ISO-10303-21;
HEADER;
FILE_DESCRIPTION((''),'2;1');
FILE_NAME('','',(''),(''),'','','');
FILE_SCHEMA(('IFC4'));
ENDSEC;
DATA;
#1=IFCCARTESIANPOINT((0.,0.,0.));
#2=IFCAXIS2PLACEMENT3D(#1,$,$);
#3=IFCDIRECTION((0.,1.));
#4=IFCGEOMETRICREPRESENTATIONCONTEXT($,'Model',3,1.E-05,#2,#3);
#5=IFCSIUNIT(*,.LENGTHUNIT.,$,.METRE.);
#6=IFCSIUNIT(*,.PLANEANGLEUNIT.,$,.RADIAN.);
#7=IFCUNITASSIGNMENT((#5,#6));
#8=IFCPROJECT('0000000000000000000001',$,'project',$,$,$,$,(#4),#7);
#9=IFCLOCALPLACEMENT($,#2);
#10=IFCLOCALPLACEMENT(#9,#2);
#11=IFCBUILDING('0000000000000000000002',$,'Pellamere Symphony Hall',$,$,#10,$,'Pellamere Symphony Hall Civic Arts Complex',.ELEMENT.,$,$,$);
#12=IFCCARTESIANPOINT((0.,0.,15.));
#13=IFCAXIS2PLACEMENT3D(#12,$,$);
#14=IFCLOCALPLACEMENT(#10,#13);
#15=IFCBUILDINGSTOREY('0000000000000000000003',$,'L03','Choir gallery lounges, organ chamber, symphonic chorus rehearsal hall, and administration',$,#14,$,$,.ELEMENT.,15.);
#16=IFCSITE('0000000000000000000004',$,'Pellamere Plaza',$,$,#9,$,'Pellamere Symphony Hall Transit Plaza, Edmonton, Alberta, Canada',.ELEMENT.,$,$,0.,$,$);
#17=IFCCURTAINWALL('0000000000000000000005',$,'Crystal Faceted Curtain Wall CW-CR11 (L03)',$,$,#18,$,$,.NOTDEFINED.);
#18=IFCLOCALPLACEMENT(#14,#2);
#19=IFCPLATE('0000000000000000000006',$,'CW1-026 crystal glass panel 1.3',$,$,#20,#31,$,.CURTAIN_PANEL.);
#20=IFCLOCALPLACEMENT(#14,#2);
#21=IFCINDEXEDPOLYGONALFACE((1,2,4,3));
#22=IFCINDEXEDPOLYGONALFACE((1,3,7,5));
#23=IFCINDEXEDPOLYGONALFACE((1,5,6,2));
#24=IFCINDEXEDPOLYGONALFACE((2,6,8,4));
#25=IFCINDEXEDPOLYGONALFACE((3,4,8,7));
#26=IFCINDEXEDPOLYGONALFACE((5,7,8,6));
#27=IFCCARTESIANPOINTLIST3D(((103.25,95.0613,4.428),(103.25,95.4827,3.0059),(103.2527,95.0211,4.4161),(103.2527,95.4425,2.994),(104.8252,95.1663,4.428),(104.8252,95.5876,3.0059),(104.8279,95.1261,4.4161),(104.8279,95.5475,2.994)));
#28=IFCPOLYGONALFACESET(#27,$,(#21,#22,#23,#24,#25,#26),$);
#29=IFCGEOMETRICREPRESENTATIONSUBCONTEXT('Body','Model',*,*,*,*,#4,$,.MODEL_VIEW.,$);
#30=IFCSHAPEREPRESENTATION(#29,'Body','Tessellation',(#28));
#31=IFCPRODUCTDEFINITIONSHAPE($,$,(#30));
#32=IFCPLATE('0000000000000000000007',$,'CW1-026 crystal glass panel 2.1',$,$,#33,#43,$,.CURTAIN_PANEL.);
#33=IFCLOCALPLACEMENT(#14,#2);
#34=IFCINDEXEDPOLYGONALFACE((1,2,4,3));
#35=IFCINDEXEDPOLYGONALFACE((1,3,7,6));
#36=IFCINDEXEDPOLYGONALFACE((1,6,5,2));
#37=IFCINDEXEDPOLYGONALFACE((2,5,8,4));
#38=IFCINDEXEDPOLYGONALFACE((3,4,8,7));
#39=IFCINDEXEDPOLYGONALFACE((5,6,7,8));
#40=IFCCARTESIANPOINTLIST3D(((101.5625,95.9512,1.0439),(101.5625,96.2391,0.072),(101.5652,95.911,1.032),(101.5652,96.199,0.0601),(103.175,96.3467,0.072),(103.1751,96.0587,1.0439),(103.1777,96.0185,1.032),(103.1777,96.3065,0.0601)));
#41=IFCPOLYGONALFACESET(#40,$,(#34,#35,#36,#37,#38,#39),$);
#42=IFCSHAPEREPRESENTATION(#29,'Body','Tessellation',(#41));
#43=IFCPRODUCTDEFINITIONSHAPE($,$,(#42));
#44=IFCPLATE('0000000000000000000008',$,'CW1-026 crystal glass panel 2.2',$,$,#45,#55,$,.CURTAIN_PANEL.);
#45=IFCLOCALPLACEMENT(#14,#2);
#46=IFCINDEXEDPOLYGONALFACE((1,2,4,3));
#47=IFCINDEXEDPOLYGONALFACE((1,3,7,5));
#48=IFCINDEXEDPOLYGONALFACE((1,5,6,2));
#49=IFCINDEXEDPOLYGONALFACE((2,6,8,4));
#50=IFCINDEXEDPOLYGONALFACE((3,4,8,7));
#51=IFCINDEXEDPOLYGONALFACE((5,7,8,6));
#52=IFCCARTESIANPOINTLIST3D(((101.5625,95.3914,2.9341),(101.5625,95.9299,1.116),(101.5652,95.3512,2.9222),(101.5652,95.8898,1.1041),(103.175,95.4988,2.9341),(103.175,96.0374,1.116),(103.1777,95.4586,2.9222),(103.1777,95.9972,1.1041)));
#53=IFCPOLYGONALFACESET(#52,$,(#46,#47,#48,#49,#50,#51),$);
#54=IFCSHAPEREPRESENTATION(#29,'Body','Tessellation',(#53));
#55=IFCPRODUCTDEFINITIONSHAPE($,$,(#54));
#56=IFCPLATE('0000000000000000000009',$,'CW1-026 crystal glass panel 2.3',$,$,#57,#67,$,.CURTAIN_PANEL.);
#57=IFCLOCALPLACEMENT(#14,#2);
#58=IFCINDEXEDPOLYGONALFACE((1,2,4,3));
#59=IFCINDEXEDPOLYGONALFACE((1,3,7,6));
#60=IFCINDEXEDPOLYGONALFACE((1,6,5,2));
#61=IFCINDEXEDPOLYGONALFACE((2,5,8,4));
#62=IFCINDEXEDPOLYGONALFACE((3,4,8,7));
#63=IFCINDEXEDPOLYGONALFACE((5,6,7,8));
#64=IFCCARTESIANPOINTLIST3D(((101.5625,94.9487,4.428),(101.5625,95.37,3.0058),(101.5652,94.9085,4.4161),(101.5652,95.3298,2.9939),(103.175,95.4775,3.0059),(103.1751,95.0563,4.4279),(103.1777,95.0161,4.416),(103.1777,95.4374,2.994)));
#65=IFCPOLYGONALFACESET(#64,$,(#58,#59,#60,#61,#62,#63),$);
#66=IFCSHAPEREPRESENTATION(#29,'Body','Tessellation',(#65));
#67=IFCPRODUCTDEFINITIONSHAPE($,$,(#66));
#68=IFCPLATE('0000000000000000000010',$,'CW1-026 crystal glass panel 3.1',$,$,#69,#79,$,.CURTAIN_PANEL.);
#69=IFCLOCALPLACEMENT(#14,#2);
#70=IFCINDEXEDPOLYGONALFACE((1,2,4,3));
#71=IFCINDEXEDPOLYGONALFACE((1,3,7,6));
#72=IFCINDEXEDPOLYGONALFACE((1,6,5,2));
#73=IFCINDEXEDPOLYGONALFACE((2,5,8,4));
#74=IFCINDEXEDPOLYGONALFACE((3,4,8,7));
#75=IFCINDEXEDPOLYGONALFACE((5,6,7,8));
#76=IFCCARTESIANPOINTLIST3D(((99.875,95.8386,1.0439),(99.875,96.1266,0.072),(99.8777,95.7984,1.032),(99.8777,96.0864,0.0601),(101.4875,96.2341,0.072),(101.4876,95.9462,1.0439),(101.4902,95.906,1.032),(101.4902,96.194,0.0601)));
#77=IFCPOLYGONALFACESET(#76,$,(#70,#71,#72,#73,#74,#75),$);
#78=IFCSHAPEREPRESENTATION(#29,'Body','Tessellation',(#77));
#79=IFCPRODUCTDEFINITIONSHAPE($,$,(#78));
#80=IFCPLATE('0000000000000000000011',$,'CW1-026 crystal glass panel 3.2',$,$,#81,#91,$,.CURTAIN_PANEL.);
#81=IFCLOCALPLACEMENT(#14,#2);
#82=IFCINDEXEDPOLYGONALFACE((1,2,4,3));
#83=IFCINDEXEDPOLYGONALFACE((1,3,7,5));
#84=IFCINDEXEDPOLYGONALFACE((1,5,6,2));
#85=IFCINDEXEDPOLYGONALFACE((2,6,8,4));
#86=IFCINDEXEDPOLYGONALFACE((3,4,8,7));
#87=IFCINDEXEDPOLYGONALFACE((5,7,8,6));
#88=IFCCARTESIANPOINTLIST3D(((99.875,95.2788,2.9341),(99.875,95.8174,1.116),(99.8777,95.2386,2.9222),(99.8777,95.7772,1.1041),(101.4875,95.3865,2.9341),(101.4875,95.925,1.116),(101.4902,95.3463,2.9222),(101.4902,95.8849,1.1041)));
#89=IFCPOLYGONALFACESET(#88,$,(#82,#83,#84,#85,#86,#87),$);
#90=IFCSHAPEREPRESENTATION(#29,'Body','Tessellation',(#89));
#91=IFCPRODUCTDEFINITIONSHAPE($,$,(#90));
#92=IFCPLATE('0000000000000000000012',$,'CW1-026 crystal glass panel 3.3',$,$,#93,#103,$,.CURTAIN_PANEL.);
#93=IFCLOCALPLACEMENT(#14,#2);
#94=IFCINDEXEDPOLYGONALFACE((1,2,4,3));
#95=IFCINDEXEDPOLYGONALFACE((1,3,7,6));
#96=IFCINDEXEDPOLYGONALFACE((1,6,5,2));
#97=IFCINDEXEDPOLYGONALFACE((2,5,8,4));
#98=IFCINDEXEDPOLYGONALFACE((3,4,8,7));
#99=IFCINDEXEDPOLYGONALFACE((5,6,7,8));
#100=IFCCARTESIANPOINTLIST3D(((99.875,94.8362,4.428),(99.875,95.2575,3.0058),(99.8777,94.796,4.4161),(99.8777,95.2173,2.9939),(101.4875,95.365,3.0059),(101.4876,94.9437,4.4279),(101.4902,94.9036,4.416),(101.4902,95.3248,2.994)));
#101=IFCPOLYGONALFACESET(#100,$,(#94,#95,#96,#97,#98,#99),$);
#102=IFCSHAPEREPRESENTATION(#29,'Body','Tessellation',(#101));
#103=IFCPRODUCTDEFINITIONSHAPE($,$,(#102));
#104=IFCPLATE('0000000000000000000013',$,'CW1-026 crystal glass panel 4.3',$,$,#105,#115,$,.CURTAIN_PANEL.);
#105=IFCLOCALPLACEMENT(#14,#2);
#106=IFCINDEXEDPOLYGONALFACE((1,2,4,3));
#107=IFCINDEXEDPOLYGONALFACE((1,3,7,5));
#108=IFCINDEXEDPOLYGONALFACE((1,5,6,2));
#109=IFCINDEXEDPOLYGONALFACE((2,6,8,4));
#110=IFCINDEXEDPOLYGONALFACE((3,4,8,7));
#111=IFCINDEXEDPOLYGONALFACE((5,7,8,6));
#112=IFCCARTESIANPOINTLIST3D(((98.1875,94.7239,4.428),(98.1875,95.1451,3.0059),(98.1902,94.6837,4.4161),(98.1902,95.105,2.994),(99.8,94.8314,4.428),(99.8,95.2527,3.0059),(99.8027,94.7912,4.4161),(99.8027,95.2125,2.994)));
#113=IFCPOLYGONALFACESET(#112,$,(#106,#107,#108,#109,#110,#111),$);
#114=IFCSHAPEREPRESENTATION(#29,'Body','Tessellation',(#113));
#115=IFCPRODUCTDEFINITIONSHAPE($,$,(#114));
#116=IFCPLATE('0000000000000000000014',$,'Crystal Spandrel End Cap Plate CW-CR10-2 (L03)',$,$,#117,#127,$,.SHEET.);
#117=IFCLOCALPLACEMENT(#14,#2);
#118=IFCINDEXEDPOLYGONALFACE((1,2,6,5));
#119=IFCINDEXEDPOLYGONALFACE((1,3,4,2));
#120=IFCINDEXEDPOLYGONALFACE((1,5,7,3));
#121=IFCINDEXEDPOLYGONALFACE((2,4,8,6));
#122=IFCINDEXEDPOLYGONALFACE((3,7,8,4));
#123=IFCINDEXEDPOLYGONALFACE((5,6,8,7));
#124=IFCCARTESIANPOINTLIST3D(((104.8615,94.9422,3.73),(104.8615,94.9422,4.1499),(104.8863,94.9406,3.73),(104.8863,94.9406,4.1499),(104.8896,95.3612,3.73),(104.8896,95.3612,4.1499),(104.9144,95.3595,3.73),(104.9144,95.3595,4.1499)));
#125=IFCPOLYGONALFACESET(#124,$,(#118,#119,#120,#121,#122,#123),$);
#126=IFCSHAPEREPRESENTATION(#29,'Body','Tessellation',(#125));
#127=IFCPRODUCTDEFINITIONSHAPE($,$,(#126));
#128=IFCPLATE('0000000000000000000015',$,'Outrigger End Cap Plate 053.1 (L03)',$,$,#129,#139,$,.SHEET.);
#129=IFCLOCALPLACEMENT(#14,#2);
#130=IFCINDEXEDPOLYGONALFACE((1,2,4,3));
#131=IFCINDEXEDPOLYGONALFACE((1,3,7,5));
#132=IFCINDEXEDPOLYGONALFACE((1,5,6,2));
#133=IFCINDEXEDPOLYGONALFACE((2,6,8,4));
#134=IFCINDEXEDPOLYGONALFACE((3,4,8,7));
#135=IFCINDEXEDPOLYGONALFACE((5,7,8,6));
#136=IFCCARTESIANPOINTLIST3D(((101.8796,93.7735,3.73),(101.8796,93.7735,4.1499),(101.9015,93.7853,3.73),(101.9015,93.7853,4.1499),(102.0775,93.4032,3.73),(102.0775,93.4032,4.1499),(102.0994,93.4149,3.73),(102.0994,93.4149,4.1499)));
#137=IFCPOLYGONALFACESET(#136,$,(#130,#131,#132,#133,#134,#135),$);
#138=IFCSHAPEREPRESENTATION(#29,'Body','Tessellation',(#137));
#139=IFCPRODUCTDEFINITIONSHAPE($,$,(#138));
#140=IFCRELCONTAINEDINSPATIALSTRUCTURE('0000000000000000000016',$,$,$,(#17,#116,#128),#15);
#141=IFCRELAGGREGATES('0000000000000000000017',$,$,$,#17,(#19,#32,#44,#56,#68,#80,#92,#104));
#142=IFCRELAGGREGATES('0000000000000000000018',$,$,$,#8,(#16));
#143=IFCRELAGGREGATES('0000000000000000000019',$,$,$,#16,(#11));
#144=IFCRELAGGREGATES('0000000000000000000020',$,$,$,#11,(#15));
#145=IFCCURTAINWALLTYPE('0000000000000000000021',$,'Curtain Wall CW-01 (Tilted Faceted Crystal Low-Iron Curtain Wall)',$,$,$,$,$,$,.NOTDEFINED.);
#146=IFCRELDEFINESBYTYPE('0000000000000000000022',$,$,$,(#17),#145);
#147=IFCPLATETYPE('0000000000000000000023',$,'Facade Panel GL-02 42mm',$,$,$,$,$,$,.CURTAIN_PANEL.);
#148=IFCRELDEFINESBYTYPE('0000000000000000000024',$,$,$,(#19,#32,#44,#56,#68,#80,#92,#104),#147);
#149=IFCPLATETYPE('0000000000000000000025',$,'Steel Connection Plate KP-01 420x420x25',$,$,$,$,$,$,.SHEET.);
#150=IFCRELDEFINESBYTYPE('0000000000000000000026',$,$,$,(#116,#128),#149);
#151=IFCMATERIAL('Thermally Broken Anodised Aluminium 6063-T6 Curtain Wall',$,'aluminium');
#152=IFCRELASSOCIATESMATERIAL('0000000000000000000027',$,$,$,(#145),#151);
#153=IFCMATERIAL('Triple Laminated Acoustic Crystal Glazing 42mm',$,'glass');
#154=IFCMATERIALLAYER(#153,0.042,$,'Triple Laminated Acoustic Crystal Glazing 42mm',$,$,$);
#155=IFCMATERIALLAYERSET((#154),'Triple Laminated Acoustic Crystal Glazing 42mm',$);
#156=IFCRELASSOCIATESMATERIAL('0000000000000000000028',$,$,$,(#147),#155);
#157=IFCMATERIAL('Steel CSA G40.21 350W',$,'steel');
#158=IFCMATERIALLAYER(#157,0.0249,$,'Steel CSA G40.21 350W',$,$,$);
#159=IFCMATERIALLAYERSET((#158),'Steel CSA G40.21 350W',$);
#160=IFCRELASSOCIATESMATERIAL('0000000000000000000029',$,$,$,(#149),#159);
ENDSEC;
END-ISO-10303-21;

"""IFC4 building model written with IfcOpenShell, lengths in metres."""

from ifc_helpers import new_model, si_unit, direction, frame, origin, origin_2d, place, context, subcontext, project, spatial, polyline, rectangle, outline, extrude, material, layer, layer_set, type_object, element, aggregate, save


model = new_model("IFC4")

# Units and contexts
model_context = context("Model", 3, precision=1e-05, world=origin(), true_north=direction((0.0, 1.0)))
body_context = subcontext(model_context, "Body", "Model", "MODEL_VIEW")
ifc_project = project(units=[si_unit("LENGTHUNIT", "METRE"), si_unit("PLANEANGLEUNIT", "RADIAN")], contexts=[model_context])

# Site, building, storey
site_placement = place(None, origin())
site = spatial("IfcSite", under=ifc_project, at=site_placement, Name="Pellamere Plaza", LongName="Pellamere Symphony Hall Transit Plaza, Edmonton, Alberta, Canada", CompositionType="ELEMENT", RefElevation=0.0)
building_placement = place(site_placement, origin())
building = spatial("IfcBuilding", under=site, at=building_placement, Name="Pellamere Symphony Hall", LongName="Pellamere Symphony Hall Civic Arts Complex", CompositionType="ELEMENT")
storey_placement = place(building_placement, frame((0.0, 0.0, 15.0)))
storey = spatial("IfcBuildingStorey", under=building, at=storey_placement, Name="L03", Description="Choir gallery lounges, organ chamber, symphonic chorus rehearsal hall, and administration", CompositionType="ELEMENT", Elevation=15.0)

# Curtain wall
ifc_material_1 = material(Name="Thermally Broken Anodised Aluminium 6063-T6 Curtain Wall", Category="aluminium")
curtain_wall_type = type_object("IfcCurtainWallType", Name="Curtain Wall CW-01 (Tilted Faceted Crystal Low-Iron Curtain Wall)", PredefinedType="NOTDEFINED", material=ifc_material_1)
curtain_wall_placement = place(storey_placement, origin())
curtain_wall = element("IfcCurtainWall", 1, at=curtain_wall_placement, inside=storey, type_object=curtain_wall_type, Name="Crystal Faceted Curtain Wall CW-CR11 (L03)", PredefinedType="NOTDEFINED")

# Shared definitions
ifc_material_2 = material(Name="Steel CSA G40.21 350W", Category="steel")

# Plates
ifc_material_3 = material(Name="Triple Laminated Acoustic Crystal Glazing 42mm", Category="glass")
ifc_layer_1 = layer(ifc_material_3, 0.042, Name="Triple Laminated Acoustic Crystal Glazing 42mm")
ifc_layer_set_1 = layer_set([ifc_layer_1], Name="Triple Laminated Acoustic Crystal Glazing 42mm")
plate_type_1 = type_object("IfcPlateType", Name="Facade Panel GL-02 42mm", PredefinedType="CURTAIN_PANEL", material=ifc_layer_set_1)
plate_1_placement = place(storey_placement, frame((104.8252, 95.5876, 3.0059), z_axis=(-0.06377, 0.956843, 0.283521), x_axis=(-0.997787, -0.066498, 0.0)))
plate_1 = element("IfcPlate", 2, at=plate_1_placement, type_object=plate_type_1, Name="CW1-026 crystal glass panel 1.3", PredefinedType="CURTAIN_PANEL", context=body_context, shape_type="SweptSolid", body=[
    extrude(outline(polyline([(0.0, 0.0), (1.5787, 0.0), (1.6067, 1.483), (0.028, 1.483), (0.0, 0.0)])), origin(), (0.0, 0.0, -1.0), 0.042),
])
plate_2_placement = place(storey_placement, frame((103.175, 96.3467, 0.072), z_axis=(-0.063814, 0.956848, 0.283497), x_axis=(-0.997784, -0.066538, -0.00002)))
plate_2 = element("IfcPlate", 3, at=plate_2_placement, type_object=plate_type_1, Name="CW1-026 crystal glass panel 2.1", PredefinedType="CURTAIN_PANEL", context=body_context, shape_type="SweptSolid", body=[
    extrude(outline(polyline([(0.0, 0.0), (1.6161, 0.0), (1.6353, 1.0135), (0.0191, 1.0135), (0.0, 0.0)])), origin(), (0.0, 0.0, -1.0), 0.042),
])
plate_3_placement = place(storey_placement, frame((103.175, 96.0374, 1.116), z_axis=(-0.063743, 0.956866, 0.283449), x_axis=(-0.997788, -0.066469, 0.0)))
plate_3 = element("IfcPlate", 4, at=plate_3_placement, type_object=plate_type_1, Name="CW1-026 crystal glass panel 2.2", PredefinedType="CURTAIN_PANEL", context=body_context, shape_type="SweptSolid", body=[
    extrude(outline(polyline([(0.0, 0.0), (1.6161, 0.0), (1.6519, 1.8959), (0.0358, 1.8959), (0.0, 0.0)])), origin(), (0.0, 0.0, -1.0), 0.042),
])
plate_4_placement = place(storey_placement, frame((103.175, 95.4775, 3.0059), z_axis=(-0.063815, 0.956863, 0.283445), x_axis=(-0.997784, -0.066538, -0.00002)))
plate_4 = element("IfcPlate", 5, at=plate_4_placement, type_object=plate_type_1, Name="CW1-026 crystal glass panel 2.3", PredefinedType="CURTAIN_PANEL", context=body_context, shape_type="SweptSolid", body=[
    extrude(outline(polyline([(0.0, 0.0), (1.6161, 0.0), (1.6441, 1.483), (0.028, 1.4829), (0.0, 0.0)])), origin(), (0.0, 0.0, -1.0), 0.042),
])
plate_5_placement = place(storey_placement, frame((101.4875, 96.2341, 0.072), z_axis=(-0.063814, 0.956848, 0.283497), x_axis=(-0.997784, -0.066538, -0.00002)))
plate_5 = element("IfcPlate", 6, at=plate_5_placement, type_object=plate_type_1, Name="CW1-026 crystal glass panel 3.1", PredefinedType="CURTAIN_PANEL", context=body_context, shape_type="SweptSolid", body=[
    extrude(outline(polyline([(0.0, 0.0), (1.6161, 0.0), (1.6353, 1.0135), (0.0191, 1.0135), (0.0, 0.0)])), origin(), (0.0, 0.0, -1.0), 0.042),
])
plate_6_placement = place(storey_placement, frame((101.4875, 95.925, 1.116), z_axis=(-0.063887, 0.956858, 0.283447), x_axis=(-0.997778, -0.066619, 0.0)))
plate_6 = element("IfcPlate", 7, at=plate_6_placement, type_object=plate_type_1, Name="CW1-026 crystal glass panel 3.2", PredefinedType="CURTAIN_PANEL", context=body_context, shape_type="SweptSolid", body=[
    extrude(outline(polyline([(0.0, 0.0), (1.6161, 0.0), (1.652, 1.8959), (0.0359, 1.8959), (0.0, 0.0)])), origin(), (0.0, 0.0, -1.0), 0.042),
])
plate_7_placement = place(storey_placement, frame((101.4875, 95.365, 3.0059), z_axis=(-0.063815, 0.956863, 0.283445), x_axis=(-0.997784, -0.066538, -0.00002)))
plate_7 = element("IfcPlate", 8, at=plate_7_placement, type_object=plate_type_1, Name="CW1-026 crystal glass panel 3.3", PredefinedType="CURTAIN_PANEL", context=body_context, shape_type="SweptSolid", body=[
    extrude(outline(polyline([(0.0, 0.0), (1.6161, 0.0), (1.6441, 1.483), (0.028, 1.4829), (0.0, 0.0)])), origin(), (0.0, 0.0, -1.0), 0.042),
])
plate_8_placement = place(storey_placement, frame((99.8, 95.2527, 3.0059), z_axis=(-0.063815, 0.956863, 0.283445), x_axis=(-0.997783, -0.06655, 0.00002)))
plate_8 = element("IfcPlate", 9, at=plate_8_placement, type_object=plate_type_1, Name="CW1-026 crystal glass panel 4.3", PredefinedType="CURTAIN_PANEL", context=body_context, shape_type="SweptSolid", body=[
    extrude(outline(polyline([(0.0, 0.0), (1.6161, 0.0), (1.6442, 1.4829), (0.0281, 1.483), (0.0, 0.0)])), origin(), (0.0, 0.0, -1.0), 0.042),
])
aggregate(curtain_wall, [plate_1, plate_2, plate_3, plate_4, plate_5, plate_6, plate_7, plate_8])

# Plates
ifc_layer_2 = layer(ifc_material_2, 0.0249, Name="Steel CSA G40.21 350W")
ifc_layer_set_2 = layer_set([ifc_layer_2], Name="Steel CSA G40.21 350W")
plate_type_2 = type_object("IfcPlateType", Name="Steel Connection Plate KP-01 420x420x25", PredefinedType="SHEET", material=ifc_layer_set_2)
for number, where, z_axis, x_axis, name in (
    (10, (104.8879, 95.1509, 3.73), (0.0, 0.0, 1.0), (-0.997755, 0.06697, 0.0), "Crystal Spandrel End Cap Plate CW-CR10-2 (L03)"),
    (11, (101.9895, 93.5942, 3.73), (0.0, 0.0, 1.0), (0.881962, 0.47132, 0.0), "Outrigger End Cap Plate 053.1 (L03)"),
):
    element("IfcPlate", number, at=place(storey_placement, frame(where, z_axis=z_axis, x_axis=x_axis)), inside=storey, type_object=plate_type_2, Name=name, PredefinedType="SHEET", context=body_context, shape_type="SweptSolid", body=[
        extrude(rectangle(XDim=0.0249, YDim=0.4199, at=origin_2d()), origin(), (0.0, 0.0, 1.0), 0.4199),
    ])

save(model, "model.ifc")
